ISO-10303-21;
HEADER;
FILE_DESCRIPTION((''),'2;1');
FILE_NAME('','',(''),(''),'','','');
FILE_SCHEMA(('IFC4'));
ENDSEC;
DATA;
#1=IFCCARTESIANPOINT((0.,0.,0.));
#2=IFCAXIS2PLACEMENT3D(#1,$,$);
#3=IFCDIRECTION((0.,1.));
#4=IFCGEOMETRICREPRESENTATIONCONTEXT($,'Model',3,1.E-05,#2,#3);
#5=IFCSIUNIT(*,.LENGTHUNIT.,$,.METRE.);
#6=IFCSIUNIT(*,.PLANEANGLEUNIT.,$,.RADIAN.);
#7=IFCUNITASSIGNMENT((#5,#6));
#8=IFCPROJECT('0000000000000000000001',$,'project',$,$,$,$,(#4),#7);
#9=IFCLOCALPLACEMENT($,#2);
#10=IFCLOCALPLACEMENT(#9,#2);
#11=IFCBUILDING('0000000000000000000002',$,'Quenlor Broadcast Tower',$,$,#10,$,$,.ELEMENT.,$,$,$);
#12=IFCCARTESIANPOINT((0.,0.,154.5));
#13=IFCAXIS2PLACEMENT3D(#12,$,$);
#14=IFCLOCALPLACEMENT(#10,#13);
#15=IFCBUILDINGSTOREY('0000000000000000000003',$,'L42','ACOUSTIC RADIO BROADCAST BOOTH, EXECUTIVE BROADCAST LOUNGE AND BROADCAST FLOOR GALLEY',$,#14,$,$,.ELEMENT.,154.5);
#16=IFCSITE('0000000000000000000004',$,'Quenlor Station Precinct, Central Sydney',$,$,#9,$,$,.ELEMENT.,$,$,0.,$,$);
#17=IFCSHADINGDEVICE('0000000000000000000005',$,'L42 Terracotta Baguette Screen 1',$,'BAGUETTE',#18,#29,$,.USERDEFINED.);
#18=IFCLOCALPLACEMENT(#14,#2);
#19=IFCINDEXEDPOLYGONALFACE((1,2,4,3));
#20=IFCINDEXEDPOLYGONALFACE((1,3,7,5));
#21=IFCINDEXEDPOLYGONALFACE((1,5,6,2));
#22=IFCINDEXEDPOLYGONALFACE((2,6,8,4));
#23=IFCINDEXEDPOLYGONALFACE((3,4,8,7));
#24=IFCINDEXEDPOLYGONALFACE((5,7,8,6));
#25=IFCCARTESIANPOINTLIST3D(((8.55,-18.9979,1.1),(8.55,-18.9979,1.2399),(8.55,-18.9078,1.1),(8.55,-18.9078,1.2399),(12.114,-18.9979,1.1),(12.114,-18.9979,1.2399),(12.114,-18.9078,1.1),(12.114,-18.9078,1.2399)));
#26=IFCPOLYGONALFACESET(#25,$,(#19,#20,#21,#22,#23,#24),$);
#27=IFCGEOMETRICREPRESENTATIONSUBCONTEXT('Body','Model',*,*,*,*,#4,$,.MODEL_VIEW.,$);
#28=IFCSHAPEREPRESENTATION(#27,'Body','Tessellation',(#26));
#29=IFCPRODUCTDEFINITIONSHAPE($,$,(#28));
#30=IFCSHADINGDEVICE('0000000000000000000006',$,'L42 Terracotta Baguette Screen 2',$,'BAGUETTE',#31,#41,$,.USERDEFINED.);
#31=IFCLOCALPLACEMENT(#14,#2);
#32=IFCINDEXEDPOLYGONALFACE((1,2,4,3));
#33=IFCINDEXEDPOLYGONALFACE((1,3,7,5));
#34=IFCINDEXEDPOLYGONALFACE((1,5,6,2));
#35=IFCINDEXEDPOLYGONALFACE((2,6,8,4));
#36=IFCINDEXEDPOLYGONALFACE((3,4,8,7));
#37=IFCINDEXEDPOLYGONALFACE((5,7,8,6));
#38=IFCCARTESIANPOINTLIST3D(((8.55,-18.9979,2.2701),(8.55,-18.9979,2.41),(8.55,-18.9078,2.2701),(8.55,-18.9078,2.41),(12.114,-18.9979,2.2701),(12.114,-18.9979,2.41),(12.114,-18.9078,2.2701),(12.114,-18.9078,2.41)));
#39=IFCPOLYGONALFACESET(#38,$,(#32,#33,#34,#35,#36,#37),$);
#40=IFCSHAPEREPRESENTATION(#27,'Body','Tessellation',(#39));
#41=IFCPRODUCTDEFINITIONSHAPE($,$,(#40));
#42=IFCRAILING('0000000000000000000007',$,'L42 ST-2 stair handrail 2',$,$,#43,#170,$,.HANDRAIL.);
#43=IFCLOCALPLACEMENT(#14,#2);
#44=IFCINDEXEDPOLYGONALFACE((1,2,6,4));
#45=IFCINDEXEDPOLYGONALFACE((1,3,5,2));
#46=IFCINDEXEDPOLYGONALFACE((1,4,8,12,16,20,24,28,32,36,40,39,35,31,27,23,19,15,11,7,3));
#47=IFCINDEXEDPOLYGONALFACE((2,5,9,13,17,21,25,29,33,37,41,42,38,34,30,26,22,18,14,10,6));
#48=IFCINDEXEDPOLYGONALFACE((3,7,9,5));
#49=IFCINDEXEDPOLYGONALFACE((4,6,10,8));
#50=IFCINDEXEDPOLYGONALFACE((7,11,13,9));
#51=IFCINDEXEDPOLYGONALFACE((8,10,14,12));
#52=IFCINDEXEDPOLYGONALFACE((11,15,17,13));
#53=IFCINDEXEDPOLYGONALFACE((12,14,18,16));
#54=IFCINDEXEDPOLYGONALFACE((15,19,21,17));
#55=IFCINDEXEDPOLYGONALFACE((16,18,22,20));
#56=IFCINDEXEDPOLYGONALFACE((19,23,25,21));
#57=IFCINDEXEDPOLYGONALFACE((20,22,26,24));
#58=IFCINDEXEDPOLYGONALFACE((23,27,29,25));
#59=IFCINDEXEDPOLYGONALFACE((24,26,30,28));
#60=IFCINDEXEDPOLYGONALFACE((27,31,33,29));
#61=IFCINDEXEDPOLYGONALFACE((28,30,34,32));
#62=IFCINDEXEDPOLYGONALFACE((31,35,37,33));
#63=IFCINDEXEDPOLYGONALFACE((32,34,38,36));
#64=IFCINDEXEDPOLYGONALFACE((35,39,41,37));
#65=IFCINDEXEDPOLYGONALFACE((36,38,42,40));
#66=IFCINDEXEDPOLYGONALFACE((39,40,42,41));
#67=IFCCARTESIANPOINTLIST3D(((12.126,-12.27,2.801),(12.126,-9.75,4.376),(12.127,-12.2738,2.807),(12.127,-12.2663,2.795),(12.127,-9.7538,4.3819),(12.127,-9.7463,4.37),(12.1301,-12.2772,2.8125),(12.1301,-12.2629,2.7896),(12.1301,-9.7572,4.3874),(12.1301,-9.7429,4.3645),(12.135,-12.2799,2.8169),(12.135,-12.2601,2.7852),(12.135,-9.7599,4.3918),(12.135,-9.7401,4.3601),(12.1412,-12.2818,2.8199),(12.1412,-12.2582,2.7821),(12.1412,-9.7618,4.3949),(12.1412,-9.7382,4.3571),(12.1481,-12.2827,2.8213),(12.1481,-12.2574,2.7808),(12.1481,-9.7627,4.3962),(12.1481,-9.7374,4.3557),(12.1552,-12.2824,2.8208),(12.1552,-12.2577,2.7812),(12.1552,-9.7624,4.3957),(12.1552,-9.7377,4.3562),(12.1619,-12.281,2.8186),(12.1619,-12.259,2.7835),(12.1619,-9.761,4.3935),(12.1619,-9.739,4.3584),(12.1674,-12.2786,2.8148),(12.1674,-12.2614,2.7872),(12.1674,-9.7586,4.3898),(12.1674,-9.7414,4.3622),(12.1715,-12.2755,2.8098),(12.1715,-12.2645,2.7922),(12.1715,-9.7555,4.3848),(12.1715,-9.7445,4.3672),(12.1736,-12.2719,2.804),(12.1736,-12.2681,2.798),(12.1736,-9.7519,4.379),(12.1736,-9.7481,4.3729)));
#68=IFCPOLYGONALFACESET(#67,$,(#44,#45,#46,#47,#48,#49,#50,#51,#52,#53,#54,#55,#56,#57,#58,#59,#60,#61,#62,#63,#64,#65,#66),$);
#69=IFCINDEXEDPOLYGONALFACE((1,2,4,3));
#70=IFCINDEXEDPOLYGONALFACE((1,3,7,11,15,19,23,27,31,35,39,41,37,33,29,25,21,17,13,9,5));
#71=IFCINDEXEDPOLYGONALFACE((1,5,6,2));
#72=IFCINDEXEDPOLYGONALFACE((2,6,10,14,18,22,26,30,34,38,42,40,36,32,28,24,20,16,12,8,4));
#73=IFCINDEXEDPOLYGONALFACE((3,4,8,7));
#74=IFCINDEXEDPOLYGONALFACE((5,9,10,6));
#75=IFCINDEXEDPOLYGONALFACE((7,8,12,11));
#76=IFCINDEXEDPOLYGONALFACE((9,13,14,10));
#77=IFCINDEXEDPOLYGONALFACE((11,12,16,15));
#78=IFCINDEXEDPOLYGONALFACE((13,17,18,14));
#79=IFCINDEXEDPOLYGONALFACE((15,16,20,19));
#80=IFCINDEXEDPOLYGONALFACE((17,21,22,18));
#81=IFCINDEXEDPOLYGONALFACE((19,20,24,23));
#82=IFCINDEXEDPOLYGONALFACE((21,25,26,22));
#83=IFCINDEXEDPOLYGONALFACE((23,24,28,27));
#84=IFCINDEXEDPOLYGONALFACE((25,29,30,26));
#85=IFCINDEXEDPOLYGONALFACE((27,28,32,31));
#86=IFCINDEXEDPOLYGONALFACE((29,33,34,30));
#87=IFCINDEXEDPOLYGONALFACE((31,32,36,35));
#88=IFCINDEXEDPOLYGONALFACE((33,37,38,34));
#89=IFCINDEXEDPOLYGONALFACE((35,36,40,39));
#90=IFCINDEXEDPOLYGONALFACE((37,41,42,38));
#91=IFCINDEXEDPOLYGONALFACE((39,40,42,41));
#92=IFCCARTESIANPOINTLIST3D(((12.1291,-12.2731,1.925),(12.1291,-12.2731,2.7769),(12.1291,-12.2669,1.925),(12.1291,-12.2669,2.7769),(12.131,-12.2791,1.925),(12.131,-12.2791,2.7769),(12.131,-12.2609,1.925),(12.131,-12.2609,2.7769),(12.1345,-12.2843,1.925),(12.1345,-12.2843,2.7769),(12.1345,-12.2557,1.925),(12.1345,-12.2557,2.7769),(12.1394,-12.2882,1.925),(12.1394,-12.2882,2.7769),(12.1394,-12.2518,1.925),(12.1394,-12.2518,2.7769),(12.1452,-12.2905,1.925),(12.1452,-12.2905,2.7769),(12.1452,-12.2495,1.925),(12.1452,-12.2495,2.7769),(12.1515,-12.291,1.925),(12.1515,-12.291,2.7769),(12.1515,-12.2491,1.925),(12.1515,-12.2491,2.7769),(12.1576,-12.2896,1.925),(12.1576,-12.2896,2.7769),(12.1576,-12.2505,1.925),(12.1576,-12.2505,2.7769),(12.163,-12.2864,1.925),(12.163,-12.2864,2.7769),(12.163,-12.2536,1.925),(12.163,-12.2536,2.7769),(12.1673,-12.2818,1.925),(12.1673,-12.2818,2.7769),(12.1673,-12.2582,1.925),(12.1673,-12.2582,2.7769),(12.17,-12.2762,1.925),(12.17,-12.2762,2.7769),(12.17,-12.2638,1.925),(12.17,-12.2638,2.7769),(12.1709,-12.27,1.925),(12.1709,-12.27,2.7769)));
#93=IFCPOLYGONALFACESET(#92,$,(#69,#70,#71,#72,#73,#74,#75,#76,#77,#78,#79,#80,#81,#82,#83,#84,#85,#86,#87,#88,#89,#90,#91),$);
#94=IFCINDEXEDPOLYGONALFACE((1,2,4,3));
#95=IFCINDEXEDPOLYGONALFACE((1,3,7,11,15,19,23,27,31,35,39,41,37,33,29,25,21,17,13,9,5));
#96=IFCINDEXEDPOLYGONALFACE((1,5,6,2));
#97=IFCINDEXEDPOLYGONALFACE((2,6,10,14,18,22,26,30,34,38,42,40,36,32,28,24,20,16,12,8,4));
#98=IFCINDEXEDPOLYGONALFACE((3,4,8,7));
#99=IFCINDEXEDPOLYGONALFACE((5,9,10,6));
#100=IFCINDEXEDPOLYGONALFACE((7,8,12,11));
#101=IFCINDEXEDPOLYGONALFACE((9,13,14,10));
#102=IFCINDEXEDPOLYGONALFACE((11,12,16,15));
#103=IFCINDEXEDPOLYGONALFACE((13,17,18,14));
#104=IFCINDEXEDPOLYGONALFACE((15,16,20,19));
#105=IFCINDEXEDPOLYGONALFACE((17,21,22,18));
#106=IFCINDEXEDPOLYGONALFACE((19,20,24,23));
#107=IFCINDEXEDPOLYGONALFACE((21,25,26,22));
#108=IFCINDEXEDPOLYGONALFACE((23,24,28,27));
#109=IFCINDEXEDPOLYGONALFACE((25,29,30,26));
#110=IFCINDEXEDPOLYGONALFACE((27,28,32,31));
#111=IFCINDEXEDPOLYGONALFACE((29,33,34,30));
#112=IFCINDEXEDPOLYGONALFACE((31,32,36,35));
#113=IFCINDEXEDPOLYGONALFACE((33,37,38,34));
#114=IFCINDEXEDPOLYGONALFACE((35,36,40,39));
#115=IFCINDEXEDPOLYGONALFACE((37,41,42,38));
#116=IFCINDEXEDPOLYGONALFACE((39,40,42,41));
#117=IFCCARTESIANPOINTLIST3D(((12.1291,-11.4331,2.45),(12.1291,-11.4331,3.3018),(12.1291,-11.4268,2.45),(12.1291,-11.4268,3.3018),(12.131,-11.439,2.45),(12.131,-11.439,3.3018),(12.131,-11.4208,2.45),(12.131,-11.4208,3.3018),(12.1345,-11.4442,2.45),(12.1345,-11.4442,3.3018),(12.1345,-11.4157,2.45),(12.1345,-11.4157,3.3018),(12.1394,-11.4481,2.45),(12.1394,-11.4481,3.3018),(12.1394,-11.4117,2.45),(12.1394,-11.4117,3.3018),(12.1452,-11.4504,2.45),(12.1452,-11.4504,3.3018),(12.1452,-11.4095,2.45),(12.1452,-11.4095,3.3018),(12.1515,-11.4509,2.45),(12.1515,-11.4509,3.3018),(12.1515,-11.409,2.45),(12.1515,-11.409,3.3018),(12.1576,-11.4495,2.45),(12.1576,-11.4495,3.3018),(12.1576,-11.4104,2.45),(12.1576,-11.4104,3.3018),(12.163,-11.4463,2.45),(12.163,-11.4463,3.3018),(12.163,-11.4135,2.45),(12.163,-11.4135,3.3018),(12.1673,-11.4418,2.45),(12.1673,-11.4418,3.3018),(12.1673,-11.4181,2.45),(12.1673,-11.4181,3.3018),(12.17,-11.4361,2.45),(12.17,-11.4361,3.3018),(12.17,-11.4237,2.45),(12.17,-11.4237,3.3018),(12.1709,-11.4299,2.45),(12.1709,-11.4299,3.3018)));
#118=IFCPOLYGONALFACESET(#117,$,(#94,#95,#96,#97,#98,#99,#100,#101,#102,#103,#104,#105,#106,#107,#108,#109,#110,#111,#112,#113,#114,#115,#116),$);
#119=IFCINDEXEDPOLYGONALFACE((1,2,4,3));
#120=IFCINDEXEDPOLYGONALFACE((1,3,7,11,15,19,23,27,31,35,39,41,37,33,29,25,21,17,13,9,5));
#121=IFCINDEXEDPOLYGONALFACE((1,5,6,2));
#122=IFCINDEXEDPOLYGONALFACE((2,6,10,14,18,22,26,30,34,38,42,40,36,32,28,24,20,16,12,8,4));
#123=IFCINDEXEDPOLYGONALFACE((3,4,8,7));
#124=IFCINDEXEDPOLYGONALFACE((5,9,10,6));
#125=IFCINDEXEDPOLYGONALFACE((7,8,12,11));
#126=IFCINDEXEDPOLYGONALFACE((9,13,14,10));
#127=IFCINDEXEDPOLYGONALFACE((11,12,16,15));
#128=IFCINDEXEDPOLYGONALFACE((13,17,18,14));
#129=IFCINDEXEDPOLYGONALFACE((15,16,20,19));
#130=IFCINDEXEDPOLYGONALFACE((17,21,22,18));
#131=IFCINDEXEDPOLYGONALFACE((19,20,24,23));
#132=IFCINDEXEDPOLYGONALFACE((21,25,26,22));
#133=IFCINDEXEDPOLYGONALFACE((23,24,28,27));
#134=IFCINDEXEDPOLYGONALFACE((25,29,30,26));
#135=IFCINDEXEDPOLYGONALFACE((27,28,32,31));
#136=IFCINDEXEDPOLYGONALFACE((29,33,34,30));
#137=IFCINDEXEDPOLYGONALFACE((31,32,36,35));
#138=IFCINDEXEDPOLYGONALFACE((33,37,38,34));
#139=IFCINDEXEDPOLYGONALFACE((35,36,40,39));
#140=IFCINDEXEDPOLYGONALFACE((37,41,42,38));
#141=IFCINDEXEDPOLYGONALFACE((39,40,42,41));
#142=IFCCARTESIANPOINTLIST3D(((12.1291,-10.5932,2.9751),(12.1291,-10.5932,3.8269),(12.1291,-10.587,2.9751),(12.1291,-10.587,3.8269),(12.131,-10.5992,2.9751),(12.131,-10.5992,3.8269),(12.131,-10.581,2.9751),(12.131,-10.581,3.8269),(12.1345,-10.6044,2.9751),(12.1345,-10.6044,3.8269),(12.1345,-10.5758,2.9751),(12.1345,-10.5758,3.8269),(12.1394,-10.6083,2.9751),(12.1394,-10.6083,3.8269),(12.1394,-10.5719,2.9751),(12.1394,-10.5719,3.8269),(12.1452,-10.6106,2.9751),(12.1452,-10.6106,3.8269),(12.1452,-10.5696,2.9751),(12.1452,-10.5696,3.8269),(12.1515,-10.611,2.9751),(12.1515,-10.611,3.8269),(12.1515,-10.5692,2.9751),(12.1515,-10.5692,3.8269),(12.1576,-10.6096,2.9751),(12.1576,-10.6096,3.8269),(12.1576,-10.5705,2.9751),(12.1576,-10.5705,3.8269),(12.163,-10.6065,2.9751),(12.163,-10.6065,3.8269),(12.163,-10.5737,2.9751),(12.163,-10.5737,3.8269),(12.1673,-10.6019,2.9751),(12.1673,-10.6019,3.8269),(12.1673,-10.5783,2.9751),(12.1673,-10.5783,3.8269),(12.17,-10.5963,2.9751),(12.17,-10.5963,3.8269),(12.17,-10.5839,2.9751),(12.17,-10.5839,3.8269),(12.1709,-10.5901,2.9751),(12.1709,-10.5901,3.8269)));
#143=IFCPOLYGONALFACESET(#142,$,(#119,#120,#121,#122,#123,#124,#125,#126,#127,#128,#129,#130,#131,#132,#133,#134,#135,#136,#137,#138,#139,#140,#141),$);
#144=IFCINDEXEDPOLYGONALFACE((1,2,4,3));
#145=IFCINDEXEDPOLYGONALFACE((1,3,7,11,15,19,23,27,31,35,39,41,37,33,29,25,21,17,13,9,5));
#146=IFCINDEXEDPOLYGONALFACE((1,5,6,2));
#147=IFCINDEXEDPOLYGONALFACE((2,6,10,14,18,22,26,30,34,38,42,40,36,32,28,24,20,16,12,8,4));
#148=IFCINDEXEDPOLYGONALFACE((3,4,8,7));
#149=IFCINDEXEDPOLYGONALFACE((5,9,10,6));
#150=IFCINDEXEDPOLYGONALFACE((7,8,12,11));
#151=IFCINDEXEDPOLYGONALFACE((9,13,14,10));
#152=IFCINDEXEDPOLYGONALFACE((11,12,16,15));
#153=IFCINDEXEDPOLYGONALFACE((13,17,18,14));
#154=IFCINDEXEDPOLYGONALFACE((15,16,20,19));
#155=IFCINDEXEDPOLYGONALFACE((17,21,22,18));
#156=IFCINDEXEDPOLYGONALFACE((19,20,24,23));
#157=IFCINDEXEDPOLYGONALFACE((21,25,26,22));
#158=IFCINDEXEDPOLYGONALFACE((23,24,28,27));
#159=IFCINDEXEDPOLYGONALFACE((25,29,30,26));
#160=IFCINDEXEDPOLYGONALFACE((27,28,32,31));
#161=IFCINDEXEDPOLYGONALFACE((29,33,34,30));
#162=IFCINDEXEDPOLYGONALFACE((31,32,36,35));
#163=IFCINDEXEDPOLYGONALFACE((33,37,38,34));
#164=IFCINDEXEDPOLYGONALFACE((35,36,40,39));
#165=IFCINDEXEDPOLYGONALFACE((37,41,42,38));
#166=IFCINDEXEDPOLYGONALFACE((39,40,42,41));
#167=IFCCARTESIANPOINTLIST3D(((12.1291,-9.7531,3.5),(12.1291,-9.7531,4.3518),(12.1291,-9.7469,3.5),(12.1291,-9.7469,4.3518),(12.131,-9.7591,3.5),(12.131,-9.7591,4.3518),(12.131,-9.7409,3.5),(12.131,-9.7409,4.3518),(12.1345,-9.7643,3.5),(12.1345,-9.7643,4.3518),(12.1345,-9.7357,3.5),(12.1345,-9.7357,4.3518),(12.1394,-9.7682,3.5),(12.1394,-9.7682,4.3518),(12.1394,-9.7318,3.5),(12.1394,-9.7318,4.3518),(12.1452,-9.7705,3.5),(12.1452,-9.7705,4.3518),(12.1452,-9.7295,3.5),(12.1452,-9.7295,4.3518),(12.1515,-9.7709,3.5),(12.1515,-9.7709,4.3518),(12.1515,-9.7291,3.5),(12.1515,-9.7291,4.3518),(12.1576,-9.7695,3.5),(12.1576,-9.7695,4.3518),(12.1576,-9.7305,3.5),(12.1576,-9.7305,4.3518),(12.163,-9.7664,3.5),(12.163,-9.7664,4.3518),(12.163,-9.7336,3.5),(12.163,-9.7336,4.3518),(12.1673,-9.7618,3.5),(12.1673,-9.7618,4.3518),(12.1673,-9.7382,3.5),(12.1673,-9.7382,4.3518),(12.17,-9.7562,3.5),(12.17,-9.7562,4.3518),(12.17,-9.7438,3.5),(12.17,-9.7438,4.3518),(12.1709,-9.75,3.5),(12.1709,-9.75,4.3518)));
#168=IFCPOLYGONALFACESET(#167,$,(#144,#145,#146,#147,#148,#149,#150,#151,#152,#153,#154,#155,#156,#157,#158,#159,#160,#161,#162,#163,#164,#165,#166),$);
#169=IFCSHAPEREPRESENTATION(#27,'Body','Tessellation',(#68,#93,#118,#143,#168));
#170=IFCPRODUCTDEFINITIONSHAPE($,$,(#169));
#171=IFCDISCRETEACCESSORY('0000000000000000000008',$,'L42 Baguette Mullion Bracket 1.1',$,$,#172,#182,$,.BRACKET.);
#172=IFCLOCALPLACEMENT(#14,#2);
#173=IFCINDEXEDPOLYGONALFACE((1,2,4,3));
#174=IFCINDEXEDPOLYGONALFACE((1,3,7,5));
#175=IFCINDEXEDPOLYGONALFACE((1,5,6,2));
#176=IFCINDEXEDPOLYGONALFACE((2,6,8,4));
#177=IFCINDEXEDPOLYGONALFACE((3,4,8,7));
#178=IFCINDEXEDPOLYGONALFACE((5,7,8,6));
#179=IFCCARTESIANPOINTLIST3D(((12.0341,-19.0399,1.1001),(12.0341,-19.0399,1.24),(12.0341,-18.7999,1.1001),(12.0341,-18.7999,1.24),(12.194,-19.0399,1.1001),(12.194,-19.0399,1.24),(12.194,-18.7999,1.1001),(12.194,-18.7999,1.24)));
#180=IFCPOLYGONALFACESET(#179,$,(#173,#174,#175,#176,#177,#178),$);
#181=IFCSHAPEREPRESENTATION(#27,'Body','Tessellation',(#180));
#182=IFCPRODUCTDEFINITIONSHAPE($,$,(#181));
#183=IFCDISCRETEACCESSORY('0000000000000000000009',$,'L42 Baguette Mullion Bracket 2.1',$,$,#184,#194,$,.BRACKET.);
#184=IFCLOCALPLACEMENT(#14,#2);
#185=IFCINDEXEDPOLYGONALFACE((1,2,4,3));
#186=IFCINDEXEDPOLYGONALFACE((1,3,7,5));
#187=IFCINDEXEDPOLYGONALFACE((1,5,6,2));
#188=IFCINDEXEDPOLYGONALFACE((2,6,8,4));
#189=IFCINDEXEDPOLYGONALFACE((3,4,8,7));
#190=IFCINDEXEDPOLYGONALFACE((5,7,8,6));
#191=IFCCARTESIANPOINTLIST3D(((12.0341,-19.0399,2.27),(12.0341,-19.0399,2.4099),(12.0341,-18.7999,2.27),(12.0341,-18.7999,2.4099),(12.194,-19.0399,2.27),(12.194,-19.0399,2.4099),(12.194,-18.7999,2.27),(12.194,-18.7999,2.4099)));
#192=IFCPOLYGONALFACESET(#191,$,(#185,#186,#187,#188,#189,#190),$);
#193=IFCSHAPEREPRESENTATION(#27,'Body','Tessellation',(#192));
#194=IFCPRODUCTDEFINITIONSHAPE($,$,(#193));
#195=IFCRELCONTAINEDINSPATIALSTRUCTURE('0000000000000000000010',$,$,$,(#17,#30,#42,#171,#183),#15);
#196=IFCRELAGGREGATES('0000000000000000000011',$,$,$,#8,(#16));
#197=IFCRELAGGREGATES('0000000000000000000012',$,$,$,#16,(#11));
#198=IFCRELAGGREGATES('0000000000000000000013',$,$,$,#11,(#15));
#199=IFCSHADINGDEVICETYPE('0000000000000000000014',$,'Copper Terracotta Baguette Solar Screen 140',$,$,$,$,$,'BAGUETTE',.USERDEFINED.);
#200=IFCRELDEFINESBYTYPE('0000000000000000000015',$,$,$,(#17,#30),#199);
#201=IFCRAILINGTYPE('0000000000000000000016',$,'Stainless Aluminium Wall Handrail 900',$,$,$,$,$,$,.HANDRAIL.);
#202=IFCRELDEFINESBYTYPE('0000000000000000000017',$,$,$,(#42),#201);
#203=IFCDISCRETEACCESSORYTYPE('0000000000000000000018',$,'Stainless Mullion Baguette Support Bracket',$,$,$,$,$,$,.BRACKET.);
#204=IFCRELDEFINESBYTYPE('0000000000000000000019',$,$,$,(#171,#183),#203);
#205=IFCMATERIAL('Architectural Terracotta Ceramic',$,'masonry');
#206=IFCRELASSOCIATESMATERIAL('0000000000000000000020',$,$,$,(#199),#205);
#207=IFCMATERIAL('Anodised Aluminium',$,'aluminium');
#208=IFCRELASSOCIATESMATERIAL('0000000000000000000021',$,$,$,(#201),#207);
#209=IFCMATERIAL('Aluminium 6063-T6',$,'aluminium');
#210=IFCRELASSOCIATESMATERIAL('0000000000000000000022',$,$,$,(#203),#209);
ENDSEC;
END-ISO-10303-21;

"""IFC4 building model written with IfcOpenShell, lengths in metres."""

from ifc_helpers import new_model, si_unit, direction, frame, origin, origin_2d, place, context, subcontext, project, spatial, rectangle, circle, extrude, material, material_profile, profile_set, type_object, element, save


model = new_model("IFC4")

# Units and contexts
model_context = context("Model", 3, precision=1e-05, world=origin(), true_north=direction((0.0, 1.0)))
body_context = subcontext(model_context, "Body", "Model", "MODEL_VIEW")
ifc_project = project(units=[si_unit("LENGTHUNIT", "METRE"), si_unit("PLANEANGLEUNIT", "RADIAN")], contexts=[model_context])

# Site, building, storey
site_placement = place(None, origin())
site = spatial("IfcSite", under=ifc_project, at=site_placement, Name="Quenlor Station Precinct, Central Sydney", CompositionType="ELEMENT", RefElevation=0.0)
building_placement = place(site_placement, origin())
building = spatial("IfcBuilding", under=site, at=building_placement, Name="Quenlor Broadcast Tower", CompositionType="ELEMENT")
storey_placement = place(building_placement, frame((0.0, 0.0, 154.5)))
storey = spatial("IfcBuildingStorey", under=building, at=storey_placement, Name="L42", Description="ACOUSTIC RADIO BROADCAST BOOTH, EXECUTIVE BROADCAST LOUNGE AND BROADCAST FLOOR GALLEY", CompositionType="ELEMENT", Elevation=154.5)

# Shading devices
ifc_material_1 = material(Name="Architectural Terracotta Ceramic", Category="masonry")
ifc_material_profile_1 = material_profile(ifc_material_1, rectangle(XDim=0.0901, YDim=0.1399, at=origin_2d()))
ifc_profile_set_1 = profile_set([ifc_material_profile_1], Name="Architectural Terracotta Ceramic BAG90x140")
shading_device_type = type_object("IfcShadingDeviceType", Name="Copper Terracotta Baguette Solar Screen 140", ElementType="BAGUETTE", PredefinedType="USERDEFINED", material=ifc_profile_set_1)
for number, where, z_axis, x_axis, name in (
    (1, (12.114, -18.9529, 1.1699), (-1.0, 0.0, 0.0), (0.0, -1.0, 0.0), "L42 Terracotta Baguette Screen 1"),
    (2, (12.114, -18.9529, 2.3401), (-1.0, 0.0, 0.0), (0.0, -1.0, 0.0), "L42 Terracotta Baguette Screen 2"),
):
    element("IfcShadingDevice", number, at=place(storey_placement, frame(where, z_axis=z_axis, x_axis=x_axis)), inside=storey, type_object=shading_device_type, Name=name, ObjectType="BAGUETTE", PredefinedType="USERDEFINED", context=body_context, shape_type="SweptSolid", body=[
        extrude(rectangle(XDim=0.0901, YDim=0.1399, at=origin_2d()), origin(), (0.0, 0.0, 1.0), 3.564),
    ])

# Railing
ifc_material_2 = material(Name="Anodised Aluminium", Category="aluminium")
railing_type = type_object("IfcRailingType", Name="Stainless Aluminium Wall Handrail 900", PredefinedType="HANDRAIL", material=ifc_material_2)
railing_placement = place(storey_placement, frame((12.1499, -12.27, 1.925)))
element("IfcRailing", 3, at=railing_placement, inside=storey, type_object=railing_type, Name="L42 ST-2 stair handrail 2", PredefinedType="HANDRAIL", context=body_context, shape_type="SweptSolid", body=[
    extrude(circle(Radius=0.0239, at=origin_2d()), frame((0.0, 0.0, 0.876), z_axis=(0.0, 0.848008, 0.529984), x_axis=(-1.0, 0.0, 0.0)), (0.0, 0.0, 1.0), 2.9717),
    extrude(circle(Radius=0.021, at=origin_2d()), origin(), (0.0, 0.0, 1.0), 0.8518),
    extrude(circle(Radius=0.021, at=origin_2d()), frame((0.0, 0.8401, 0.5249)), (0.0, 0.0, 1.0), 0.8518),
    extrude(circle(Radius=0.021, at=origin_2d()), frame((0.0, 1.6799, 1.05)), (0.0, 0.0, 1.0), 0.8518),
    extrude(circle(Radius=0.021, at=origin_2d()), frame((0.0, 2.52, 1.575)), (0.0, 0.0, 1.0), 0.8518),
])

# Discrete accessories
ifc_material_3 = material(Name="Aluminium 6063-T6", Category="aluminium")
discrete_accessory_type = type_object("IfcDiscreteAccessoryType", Name="Stainless Mullion Baguette Support Bracket", PredefinedType="BRACKET", material=ifc_material_3)
for number, where, z_axis, x_axis, name in (
    (4, (12.114, -18.9199, 1.1001), (0.0, 0.0, 1.0), (-1.0, 0.0, 0.0), "L42 Baguette Mullion Bracket 1.1"),
    (5, (12.114, -18.9199, 2.27), (0.0, 0.0, 1.0), (-1.0, 0.0, 0.0), "L42 Baguette Mullion Bracket 2.1"),
):
    element("IfcDiscreteAccessory", number, at=place(storey_placement, frame(where, z_axis=z_axis, x_axis=x_axis)), inside=storey, type_object=discrete_accessory_type, Name=name, PredefinedType="BRACKET", context=body_context, shape_type="SweptSolid", body=[
        extrude(rectangle(XDim=0.1599, YDim=0.24, at=origin_2d()), origin(), (0.0, 0.0, 1.0), 0.1399),
    ])

save(model, "model.ifc")
